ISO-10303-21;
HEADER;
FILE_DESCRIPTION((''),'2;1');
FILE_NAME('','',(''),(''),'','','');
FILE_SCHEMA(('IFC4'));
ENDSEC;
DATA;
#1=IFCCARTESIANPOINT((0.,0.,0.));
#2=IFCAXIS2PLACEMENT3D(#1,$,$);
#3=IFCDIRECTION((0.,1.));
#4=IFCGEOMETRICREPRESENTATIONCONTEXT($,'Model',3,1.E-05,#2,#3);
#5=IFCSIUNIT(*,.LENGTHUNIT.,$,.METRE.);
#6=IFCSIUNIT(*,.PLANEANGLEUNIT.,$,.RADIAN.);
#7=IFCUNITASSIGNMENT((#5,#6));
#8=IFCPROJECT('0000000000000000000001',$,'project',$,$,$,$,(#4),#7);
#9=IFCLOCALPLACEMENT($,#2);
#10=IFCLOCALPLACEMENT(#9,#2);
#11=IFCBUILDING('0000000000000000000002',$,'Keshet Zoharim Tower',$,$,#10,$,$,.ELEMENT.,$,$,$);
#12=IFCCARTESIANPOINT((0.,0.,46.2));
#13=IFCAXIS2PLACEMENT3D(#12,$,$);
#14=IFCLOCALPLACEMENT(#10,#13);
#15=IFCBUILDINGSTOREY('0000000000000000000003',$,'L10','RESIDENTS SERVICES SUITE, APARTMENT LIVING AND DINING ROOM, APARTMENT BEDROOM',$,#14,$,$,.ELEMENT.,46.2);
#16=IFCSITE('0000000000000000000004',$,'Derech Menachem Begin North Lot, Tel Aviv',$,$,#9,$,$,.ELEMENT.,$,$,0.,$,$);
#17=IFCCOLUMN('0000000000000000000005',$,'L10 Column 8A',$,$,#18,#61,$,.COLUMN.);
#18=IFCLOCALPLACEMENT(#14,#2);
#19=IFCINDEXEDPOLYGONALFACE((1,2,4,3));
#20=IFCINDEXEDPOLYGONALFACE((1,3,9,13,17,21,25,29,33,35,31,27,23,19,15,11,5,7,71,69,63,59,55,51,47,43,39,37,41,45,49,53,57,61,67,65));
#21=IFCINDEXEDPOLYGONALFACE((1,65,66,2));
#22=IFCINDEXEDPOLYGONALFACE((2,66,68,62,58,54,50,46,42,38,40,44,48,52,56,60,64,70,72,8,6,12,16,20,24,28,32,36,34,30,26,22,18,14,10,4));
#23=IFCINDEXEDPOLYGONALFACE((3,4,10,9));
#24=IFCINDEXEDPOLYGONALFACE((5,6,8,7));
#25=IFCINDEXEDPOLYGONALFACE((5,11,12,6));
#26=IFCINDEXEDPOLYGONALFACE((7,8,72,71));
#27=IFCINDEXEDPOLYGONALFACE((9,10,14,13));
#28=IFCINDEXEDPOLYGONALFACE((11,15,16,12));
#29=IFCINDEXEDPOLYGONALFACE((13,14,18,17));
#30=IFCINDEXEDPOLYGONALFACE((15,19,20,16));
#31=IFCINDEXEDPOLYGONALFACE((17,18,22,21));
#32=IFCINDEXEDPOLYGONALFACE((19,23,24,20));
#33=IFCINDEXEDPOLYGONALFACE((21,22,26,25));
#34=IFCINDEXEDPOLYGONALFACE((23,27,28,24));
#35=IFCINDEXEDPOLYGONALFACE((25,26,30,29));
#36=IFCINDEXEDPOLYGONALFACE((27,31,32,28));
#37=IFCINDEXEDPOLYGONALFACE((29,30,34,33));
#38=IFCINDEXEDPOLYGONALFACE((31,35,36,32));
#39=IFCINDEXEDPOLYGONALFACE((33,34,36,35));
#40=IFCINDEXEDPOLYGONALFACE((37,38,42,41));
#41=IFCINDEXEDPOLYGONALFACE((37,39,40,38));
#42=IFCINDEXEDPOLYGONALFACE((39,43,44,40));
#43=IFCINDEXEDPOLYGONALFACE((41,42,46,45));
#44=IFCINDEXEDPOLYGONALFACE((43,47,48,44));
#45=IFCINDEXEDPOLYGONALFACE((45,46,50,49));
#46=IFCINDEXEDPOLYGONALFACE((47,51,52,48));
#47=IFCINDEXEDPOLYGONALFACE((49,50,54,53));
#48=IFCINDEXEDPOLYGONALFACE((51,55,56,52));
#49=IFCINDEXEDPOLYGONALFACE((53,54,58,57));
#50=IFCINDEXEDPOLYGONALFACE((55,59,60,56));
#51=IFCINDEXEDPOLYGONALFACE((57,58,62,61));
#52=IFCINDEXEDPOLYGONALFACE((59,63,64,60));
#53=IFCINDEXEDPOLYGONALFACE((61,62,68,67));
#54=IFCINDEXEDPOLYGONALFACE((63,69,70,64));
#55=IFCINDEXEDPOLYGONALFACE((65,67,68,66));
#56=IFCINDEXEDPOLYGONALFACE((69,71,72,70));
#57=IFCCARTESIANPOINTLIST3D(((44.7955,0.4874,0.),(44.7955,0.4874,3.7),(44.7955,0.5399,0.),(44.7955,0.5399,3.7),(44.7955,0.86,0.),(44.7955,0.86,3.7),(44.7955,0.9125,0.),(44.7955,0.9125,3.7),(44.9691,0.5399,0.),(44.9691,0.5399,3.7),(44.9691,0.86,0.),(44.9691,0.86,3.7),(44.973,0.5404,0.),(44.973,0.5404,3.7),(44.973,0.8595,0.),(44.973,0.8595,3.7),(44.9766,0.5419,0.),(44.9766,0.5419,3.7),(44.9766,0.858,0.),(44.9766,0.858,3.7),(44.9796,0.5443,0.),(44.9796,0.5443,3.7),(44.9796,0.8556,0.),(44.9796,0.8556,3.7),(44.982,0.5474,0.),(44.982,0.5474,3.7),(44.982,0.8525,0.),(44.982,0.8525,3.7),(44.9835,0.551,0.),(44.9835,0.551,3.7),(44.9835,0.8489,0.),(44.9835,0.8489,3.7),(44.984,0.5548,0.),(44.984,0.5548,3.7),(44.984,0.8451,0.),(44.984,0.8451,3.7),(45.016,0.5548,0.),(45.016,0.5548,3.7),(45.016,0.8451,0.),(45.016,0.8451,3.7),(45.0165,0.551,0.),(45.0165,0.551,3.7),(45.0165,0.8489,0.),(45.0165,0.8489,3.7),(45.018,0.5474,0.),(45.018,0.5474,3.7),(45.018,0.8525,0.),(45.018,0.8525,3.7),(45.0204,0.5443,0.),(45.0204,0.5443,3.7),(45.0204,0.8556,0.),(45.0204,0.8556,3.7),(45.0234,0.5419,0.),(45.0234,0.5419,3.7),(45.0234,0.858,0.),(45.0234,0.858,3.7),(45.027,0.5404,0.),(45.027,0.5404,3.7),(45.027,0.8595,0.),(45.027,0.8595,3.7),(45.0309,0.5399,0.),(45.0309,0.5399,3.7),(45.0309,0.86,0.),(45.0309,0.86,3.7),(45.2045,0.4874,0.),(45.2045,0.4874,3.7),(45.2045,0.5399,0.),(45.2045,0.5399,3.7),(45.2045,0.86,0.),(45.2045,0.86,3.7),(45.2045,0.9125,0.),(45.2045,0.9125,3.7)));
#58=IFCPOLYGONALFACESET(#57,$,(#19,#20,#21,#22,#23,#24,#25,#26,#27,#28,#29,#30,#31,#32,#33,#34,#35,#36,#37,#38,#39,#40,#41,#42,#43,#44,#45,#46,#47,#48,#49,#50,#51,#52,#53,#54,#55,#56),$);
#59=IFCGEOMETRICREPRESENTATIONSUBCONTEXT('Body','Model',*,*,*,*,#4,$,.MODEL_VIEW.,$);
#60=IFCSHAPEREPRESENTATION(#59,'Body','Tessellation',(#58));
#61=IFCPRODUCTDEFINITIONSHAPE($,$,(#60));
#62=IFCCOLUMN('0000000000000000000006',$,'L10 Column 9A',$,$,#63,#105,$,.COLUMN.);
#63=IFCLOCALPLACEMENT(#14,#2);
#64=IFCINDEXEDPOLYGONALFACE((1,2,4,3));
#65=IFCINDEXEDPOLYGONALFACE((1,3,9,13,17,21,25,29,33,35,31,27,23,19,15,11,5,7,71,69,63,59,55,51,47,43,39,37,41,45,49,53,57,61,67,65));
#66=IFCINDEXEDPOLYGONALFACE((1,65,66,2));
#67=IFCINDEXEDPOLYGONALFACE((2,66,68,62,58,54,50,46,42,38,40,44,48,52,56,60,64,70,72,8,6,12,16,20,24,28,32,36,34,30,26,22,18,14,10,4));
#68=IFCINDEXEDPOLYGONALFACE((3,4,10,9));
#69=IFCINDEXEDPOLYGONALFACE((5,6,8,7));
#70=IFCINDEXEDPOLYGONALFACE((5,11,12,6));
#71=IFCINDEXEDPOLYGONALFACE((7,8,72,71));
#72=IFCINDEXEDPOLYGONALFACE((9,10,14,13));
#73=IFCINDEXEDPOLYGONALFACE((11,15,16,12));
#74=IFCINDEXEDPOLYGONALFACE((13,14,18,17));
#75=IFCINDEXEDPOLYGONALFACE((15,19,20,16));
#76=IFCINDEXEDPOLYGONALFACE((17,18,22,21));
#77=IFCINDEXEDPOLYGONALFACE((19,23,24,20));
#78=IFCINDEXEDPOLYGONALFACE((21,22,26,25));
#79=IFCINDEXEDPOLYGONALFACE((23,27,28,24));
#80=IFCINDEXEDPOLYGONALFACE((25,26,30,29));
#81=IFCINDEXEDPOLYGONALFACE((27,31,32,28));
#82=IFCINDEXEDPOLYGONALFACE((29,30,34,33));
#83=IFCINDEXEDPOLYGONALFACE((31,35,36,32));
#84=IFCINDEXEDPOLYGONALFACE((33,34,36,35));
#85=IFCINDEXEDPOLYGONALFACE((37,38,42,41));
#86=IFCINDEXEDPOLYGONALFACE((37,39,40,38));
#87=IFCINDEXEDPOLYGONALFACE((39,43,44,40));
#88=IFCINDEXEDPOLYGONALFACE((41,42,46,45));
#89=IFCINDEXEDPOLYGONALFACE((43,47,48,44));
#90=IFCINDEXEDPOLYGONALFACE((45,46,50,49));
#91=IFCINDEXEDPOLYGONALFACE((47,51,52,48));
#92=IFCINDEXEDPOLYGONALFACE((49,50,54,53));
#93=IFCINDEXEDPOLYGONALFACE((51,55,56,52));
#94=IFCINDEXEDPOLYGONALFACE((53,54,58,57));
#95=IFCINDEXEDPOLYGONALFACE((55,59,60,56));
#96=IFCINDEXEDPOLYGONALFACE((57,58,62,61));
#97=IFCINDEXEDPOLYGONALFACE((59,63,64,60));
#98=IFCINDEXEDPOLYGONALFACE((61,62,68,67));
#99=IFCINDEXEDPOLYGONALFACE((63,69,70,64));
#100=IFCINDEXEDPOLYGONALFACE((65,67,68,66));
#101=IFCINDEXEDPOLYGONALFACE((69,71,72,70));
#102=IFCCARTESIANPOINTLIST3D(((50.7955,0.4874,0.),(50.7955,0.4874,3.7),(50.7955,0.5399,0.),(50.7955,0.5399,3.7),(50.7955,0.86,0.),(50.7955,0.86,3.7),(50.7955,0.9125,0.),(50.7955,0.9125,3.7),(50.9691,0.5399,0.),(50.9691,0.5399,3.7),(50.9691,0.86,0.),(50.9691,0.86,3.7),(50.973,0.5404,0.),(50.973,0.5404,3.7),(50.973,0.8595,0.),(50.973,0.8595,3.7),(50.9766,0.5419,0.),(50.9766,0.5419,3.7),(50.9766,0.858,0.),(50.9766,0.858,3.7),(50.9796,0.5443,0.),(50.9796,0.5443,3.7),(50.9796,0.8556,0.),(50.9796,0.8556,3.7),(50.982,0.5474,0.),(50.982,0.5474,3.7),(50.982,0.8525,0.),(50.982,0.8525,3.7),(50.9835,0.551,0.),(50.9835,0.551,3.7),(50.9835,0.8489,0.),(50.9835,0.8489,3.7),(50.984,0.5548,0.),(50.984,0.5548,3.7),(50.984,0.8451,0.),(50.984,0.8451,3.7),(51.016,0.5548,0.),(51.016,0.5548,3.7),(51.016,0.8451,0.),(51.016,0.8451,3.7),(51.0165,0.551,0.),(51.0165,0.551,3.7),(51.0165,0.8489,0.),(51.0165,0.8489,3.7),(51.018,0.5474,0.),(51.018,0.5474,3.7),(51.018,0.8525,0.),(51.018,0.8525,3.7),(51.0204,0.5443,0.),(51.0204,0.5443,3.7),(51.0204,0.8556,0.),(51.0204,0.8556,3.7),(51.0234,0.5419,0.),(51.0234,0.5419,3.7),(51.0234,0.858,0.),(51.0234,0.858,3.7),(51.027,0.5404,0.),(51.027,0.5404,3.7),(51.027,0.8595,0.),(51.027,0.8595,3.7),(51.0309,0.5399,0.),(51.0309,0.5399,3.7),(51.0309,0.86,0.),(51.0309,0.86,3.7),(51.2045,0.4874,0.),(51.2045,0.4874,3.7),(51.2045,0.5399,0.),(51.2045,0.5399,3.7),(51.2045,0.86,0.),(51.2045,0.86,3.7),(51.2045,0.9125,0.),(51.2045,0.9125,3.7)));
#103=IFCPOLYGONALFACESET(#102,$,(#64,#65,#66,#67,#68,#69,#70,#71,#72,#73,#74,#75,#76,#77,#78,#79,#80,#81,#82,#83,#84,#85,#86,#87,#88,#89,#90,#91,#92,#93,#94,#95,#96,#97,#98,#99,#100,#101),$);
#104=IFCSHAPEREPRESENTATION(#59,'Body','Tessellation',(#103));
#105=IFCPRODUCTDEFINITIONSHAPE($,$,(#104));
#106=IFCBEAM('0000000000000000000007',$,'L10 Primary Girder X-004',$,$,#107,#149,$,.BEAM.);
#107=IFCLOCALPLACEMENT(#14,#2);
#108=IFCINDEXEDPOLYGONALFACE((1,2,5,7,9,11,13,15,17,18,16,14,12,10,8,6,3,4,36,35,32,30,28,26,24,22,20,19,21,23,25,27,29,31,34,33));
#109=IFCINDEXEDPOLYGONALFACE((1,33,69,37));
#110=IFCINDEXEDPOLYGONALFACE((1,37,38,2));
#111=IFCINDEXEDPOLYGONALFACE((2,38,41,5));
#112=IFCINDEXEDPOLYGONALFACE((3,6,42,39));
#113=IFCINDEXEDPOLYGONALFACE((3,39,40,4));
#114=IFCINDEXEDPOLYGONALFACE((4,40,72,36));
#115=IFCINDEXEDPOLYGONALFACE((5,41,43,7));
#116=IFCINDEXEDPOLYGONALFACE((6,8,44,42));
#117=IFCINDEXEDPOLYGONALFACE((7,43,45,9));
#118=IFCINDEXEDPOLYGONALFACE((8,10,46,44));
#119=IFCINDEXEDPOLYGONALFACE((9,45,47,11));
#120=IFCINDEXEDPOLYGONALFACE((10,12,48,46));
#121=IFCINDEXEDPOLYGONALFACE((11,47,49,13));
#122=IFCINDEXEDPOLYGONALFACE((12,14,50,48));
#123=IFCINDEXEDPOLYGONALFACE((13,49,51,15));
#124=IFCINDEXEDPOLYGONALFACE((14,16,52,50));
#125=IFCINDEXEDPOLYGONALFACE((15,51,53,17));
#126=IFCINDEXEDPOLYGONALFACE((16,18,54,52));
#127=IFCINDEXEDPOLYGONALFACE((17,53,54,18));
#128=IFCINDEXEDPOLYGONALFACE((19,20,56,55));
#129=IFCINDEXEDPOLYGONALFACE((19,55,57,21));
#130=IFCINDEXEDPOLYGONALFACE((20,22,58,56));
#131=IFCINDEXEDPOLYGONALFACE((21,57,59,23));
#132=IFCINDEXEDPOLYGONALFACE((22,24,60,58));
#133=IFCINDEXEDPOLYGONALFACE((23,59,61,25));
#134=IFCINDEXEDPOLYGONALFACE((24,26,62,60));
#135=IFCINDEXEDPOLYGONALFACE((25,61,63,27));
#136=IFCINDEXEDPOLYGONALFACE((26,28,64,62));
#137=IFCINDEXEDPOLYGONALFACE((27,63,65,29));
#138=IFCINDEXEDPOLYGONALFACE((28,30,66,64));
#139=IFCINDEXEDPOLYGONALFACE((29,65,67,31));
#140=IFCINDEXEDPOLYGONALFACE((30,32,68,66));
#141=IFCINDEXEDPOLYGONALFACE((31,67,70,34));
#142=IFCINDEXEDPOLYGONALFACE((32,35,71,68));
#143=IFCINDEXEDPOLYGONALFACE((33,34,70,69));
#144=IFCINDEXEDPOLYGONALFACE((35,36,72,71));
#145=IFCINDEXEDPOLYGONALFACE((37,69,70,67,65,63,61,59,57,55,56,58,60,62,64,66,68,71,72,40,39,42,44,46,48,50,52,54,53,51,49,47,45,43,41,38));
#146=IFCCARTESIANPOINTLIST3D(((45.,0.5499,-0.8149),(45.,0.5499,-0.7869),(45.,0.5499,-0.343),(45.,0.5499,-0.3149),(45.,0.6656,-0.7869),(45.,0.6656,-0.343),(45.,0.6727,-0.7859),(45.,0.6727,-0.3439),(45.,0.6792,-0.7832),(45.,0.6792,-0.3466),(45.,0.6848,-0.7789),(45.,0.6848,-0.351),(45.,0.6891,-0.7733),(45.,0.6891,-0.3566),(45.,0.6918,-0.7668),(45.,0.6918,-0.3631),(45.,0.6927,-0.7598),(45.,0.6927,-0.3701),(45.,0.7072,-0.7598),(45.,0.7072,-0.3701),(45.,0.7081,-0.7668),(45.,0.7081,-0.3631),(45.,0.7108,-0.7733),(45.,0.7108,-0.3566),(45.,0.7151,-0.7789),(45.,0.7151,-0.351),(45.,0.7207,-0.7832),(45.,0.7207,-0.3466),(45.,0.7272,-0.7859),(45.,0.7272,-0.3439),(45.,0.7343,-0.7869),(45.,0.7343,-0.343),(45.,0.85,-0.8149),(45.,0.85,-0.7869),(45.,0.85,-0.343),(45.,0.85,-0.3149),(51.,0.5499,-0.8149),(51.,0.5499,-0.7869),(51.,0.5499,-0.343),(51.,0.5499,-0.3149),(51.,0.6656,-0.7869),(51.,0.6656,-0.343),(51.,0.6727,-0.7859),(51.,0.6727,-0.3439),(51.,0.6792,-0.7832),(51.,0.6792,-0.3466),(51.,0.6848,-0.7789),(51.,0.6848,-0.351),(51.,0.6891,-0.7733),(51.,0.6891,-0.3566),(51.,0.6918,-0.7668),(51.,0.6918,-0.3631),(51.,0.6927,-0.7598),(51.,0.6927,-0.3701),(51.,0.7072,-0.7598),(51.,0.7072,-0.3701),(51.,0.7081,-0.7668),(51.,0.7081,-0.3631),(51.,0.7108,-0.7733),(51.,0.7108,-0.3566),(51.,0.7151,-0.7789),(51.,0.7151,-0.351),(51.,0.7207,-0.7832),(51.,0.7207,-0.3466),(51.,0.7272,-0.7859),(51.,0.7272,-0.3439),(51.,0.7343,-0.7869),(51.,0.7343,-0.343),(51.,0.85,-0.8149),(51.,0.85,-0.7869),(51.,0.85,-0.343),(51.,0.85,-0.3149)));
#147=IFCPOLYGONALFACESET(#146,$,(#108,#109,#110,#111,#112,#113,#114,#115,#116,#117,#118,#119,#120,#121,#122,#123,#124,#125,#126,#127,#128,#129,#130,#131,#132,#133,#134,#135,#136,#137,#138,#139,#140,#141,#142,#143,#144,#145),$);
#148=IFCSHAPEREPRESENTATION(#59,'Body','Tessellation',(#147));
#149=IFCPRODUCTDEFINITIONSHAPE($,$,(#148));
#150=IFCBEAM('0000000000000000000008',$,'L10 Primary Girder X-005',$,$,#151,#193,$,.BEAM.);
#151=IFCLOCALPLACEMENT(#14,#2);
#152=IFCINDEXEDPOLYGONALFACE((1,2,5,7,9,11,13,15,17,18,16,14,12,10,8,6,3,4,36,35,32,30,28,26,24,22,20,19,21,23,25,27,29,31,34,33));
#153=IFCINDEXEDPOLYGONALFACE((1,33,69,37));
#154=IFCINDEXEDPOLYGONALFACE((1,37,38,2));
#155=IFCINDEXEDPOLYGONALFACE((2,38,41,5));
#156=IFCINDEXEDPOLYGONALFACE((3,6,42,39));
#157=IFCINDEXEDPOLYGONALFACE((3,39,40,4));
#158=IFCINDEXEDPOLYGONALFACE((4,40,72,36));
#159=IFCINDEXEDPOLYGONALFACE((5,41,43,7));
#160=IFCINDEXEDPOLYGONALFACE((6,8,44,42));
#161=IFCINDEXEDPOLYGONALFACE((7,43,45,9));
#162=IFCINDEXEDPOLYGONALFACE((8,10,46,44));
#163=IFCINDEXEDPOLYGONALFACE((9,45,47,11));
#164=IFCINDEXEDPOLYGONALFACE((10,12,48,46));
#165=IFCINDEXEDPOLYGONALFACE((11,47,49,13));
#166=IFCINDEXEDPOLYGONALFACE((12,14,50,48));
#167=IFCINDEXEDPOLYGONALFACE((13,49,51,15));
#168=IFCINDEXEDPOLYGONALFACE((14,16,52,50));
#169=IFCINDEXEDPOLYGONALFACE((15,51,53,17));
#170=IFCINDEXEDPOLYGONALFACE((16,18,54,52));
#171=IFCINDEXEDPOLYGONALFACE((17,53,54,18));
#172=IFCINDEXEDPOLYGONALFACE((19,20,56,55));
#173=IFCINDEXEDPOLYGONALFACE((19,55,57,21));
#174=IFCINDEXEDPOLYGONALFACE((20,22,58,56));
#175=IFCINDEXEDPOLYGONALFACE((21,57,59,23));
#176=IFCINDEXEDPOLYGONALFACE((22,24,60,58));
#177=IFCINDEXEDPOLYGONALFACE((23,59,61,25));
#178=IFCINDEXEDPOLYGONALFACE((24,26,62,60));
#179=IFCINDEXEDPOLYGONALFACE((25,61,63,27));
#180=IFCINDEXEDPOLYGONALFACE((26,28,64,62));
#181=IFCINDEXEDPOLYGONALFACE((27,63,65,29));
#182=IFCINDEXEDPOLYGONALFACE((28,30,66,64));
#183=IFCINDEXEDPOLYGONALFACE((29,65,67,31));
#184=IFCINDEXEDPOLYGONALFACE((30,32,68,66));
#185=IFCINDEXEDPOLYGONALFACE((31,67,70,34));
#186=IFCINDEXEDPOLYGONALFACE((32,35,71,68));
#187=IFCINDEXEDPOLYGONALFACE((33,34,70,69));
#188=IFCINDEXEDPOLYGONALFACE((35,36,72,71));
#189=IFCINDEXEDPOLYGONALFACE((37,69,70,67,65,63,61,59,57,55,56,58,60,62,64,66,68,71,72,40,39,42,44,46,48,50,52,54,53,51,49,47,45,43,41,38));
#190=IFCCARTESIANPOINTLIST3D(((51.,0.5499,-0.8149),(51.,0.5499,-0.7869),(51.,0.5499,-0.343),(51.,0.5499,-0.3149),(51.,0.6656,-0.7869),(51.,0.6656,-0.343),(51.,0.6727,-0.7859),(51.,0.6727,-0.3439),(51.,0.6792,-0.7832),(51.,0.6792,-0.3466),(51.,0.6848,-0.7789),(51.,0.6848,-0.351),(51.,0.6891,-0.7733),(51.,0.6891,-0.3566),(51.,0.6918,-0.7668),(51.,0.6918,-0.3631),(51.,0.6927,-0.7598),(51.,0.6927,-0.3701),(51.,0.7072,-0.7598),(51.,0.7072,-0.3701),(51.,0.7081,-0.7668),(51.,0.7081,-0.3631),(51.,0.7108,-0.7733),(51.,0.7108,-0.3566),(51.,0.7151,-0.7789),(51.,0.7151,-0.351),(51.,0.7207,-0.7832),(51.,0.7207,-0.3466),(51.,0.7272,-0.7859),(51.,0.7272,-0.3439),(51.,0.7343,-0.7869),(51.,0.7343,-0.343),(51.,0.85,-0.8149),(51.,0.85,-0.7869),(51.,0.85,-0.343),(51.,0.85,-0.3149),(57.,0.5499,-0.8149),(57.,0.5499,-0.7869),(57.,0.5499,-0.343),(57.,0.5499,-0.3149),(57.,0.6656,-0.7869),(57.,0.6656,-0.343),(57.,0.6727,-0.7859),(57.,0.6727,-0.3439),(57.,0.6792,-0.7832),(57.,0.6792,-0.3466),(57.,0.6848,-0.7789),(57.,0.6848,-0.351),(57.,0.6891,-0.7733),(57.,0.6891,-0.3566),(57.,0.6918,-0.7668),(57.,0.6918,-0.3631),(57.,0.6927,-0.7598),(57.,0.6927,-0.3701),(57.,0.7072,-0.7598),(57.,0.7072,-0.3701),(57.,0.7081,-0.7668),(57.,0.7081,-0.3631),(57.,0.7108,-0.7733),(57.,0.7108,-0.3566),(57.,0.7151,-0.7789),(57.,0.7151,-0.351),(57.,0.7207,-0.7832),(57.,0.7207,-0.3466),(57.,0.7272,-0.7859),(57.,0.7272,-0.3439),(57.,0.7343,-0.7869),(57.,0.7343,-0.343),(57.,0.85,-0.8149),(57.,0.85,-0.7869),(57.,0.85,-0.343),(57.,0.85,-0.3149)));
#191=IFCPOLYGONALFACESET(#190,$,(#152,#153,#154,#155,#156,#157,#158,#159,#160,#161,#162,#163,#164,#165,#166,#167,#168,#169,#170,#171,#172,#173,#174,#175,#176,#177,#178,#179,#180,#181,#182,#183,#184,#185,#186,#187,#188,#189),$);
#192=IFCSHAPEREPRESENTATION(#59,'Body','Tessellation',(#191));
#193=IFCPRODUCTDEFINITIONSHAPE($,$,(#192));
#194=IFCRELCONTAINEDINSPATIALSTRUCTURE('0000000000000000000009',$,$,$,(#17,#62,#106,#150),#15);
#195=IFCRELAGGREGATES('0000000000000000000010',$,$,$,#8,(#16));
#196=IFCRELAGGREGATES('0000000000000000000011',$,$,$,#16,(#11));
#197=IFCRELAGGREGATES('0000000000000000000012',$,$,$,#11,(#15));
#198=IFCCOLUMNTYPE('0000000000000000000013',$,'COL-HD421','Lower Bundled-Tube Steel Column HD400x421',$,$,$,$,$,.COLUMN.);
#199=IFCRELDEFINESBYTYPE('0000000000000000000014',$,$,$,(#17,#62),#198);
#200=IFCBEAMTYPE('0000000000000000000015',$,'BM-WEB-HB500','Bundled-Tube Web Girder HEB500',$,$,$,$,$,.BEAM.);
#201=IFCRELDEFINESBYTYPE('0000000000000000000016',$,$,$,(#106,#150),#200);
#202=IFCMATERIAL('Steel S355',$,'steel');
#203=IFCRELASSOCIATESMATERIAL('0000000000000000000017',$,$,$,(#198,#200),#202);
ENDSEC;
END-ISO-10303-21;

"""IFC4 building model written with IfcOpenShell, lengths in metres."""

from ifc_helpers import new_model, si_unit, direction, frame, origin, origin_2d, place, context, subcontext, project, spatial, i_section, extrude, material, material_profile, profile_set, type_object, element, save


model = new_model("IFC4")

# Units and contexts
model_context = context("Model", 3, precision=1e-05, world=origin(), true_north=direction((0.0, 1.0)))
body_context = subcontext(model_context, "Body", "Model", "MODEL_VIEW")
ifc_project = project(units=[si_unit("LENGTHUNIT", "METRE"), si_unit("PLANEANGLEUNIT", "RADIAN")], contexts=[model_context])

# Site, building, storey
site_placement = place(None, origin())
site = spatial("IfcSite", under=ifc_project, at=site_placement, Name="Derech Menachem Begin North Lot, Tel Aviv", CompositionType="ELEMENT", RefElevation=0.0)
building_placement = place(site_placement, origin())
building = spatial("IfcBuilding", under=site, at=building_placement, Name="Keshet Zoharim Tower", CompositionType="ELEMENT")
storey_placement = place(building_placement, frame((0.0, 0.0, 46.2)))
storey = spatial("IfcBuildingStorey", under=building, at=storey_placement, Name="L10", Description="RESIDENTS SERVICES SUITE, APARTMENT LIVING AND DINING ROOM, APARTMENT BEDROOM", CompositionType="ELEMENT", Elevation=46.2)

# Columns
ifc_material_1 = material(Name="Steel S355", Category="steel")
ifc_material_profile_1 = material_profile(ifc_material_1, i_section(OverallWidth=0.4089, OverallDepth=0.425, WebThickness=0.032, FlangeThickness=0.0525, FilletRadius=0.0149, at=origin_2d()), Name="HD400x421")
ifc_profile_set_1 = profile_set([ifc_material_profile_1], Name="Steel S355")
column_type = type_object("IfcColumnType", Name="COL-HD421", Description="Lower Bundled-Tube Steel Column HD400x421", PredefinedType="COLUMN", material=ifc_profile_set_1)
for number, where, z_axis, x_axis, name in (
    (1, (45.0, 0.7, 0.0), (0.0, 0.0, 1.0), (1.0, 0.0, 0.0), "L10 Column 8A"),
    (2, (51.0, 0.7, 0.0), (0.0, 0.0, 1.0), (1.0, 0.0, 0.0), "L10 Column 9A"),
):
    element("IfcColumn", number, at=place(storey_placement, frame(where, z_axis=z_axis, x_axis=x_axis)), inside=storey, type_object=column_type, Name=name, PredefinedType="COLUMN", context=body_context, shape_type="SweptSolid", body=[
        extrude(i_section(OverallWidth=0.4089, OverallDepth=0.425, WebThickness=0.032, FlangeThickness=0.0525, FilletRadius=0.0149, at=origin_2d()), origin(), (0.0, 0.0, 1.0), 3.7),
    ])

# Beams
ifc_material_profile_2 = material_profile(ifc_material_1, i_section(OverallWidth=0.3, OverallDepth=0.5, WebThickness=0.0144, FlangeThickness=0.0281, FilletRadius=0.0271, at=origin_2d()), Name="HEB500")
ifc_profile_set_2 = profile_set([ifc_material_profile_2], Name="Steel S355")
beam_type = type_object("IfcBeamType", Name="BM-WEB-HB500", Description="Bundled-Tube Web Girder HEB500", PredefinedType="BEAM", material=ifc_profile_set_2)
for number, where, z_axis, x_axis, name in (
    (3, (45.0, 0.7, -0.5649), (1.0, 0.0, 0.0), (0.0, 1.0, 0.0), "L10 Primary Girder X-004"),
    (4, (51.0, 0.7, -0.5649), (1.0, 0.0, 0.0), (0.0, 1.0, 0.0), "L10 Primary Girder X-005"),
):
    element("IfcBeam", number, at=place(storey_placement, frame(where, z_axis=z_axis, x_axis=x_axis)), inside=storey, type_object=beam_type, Name=name, PredefinedType="BEAM", context=body_context, shape_type="SweptSolid", body=[
        extrude(i_section(OverallWidth=0.3, OverallDepth=0.5, WebThickness=0.0144, FlangeThickness=0.0281, FilletRadius=0.0271, at=origin_2d()), origin(), (0.0, 0.0, 1.0), 6.0),
    ])

save(model, "model.ifc")
